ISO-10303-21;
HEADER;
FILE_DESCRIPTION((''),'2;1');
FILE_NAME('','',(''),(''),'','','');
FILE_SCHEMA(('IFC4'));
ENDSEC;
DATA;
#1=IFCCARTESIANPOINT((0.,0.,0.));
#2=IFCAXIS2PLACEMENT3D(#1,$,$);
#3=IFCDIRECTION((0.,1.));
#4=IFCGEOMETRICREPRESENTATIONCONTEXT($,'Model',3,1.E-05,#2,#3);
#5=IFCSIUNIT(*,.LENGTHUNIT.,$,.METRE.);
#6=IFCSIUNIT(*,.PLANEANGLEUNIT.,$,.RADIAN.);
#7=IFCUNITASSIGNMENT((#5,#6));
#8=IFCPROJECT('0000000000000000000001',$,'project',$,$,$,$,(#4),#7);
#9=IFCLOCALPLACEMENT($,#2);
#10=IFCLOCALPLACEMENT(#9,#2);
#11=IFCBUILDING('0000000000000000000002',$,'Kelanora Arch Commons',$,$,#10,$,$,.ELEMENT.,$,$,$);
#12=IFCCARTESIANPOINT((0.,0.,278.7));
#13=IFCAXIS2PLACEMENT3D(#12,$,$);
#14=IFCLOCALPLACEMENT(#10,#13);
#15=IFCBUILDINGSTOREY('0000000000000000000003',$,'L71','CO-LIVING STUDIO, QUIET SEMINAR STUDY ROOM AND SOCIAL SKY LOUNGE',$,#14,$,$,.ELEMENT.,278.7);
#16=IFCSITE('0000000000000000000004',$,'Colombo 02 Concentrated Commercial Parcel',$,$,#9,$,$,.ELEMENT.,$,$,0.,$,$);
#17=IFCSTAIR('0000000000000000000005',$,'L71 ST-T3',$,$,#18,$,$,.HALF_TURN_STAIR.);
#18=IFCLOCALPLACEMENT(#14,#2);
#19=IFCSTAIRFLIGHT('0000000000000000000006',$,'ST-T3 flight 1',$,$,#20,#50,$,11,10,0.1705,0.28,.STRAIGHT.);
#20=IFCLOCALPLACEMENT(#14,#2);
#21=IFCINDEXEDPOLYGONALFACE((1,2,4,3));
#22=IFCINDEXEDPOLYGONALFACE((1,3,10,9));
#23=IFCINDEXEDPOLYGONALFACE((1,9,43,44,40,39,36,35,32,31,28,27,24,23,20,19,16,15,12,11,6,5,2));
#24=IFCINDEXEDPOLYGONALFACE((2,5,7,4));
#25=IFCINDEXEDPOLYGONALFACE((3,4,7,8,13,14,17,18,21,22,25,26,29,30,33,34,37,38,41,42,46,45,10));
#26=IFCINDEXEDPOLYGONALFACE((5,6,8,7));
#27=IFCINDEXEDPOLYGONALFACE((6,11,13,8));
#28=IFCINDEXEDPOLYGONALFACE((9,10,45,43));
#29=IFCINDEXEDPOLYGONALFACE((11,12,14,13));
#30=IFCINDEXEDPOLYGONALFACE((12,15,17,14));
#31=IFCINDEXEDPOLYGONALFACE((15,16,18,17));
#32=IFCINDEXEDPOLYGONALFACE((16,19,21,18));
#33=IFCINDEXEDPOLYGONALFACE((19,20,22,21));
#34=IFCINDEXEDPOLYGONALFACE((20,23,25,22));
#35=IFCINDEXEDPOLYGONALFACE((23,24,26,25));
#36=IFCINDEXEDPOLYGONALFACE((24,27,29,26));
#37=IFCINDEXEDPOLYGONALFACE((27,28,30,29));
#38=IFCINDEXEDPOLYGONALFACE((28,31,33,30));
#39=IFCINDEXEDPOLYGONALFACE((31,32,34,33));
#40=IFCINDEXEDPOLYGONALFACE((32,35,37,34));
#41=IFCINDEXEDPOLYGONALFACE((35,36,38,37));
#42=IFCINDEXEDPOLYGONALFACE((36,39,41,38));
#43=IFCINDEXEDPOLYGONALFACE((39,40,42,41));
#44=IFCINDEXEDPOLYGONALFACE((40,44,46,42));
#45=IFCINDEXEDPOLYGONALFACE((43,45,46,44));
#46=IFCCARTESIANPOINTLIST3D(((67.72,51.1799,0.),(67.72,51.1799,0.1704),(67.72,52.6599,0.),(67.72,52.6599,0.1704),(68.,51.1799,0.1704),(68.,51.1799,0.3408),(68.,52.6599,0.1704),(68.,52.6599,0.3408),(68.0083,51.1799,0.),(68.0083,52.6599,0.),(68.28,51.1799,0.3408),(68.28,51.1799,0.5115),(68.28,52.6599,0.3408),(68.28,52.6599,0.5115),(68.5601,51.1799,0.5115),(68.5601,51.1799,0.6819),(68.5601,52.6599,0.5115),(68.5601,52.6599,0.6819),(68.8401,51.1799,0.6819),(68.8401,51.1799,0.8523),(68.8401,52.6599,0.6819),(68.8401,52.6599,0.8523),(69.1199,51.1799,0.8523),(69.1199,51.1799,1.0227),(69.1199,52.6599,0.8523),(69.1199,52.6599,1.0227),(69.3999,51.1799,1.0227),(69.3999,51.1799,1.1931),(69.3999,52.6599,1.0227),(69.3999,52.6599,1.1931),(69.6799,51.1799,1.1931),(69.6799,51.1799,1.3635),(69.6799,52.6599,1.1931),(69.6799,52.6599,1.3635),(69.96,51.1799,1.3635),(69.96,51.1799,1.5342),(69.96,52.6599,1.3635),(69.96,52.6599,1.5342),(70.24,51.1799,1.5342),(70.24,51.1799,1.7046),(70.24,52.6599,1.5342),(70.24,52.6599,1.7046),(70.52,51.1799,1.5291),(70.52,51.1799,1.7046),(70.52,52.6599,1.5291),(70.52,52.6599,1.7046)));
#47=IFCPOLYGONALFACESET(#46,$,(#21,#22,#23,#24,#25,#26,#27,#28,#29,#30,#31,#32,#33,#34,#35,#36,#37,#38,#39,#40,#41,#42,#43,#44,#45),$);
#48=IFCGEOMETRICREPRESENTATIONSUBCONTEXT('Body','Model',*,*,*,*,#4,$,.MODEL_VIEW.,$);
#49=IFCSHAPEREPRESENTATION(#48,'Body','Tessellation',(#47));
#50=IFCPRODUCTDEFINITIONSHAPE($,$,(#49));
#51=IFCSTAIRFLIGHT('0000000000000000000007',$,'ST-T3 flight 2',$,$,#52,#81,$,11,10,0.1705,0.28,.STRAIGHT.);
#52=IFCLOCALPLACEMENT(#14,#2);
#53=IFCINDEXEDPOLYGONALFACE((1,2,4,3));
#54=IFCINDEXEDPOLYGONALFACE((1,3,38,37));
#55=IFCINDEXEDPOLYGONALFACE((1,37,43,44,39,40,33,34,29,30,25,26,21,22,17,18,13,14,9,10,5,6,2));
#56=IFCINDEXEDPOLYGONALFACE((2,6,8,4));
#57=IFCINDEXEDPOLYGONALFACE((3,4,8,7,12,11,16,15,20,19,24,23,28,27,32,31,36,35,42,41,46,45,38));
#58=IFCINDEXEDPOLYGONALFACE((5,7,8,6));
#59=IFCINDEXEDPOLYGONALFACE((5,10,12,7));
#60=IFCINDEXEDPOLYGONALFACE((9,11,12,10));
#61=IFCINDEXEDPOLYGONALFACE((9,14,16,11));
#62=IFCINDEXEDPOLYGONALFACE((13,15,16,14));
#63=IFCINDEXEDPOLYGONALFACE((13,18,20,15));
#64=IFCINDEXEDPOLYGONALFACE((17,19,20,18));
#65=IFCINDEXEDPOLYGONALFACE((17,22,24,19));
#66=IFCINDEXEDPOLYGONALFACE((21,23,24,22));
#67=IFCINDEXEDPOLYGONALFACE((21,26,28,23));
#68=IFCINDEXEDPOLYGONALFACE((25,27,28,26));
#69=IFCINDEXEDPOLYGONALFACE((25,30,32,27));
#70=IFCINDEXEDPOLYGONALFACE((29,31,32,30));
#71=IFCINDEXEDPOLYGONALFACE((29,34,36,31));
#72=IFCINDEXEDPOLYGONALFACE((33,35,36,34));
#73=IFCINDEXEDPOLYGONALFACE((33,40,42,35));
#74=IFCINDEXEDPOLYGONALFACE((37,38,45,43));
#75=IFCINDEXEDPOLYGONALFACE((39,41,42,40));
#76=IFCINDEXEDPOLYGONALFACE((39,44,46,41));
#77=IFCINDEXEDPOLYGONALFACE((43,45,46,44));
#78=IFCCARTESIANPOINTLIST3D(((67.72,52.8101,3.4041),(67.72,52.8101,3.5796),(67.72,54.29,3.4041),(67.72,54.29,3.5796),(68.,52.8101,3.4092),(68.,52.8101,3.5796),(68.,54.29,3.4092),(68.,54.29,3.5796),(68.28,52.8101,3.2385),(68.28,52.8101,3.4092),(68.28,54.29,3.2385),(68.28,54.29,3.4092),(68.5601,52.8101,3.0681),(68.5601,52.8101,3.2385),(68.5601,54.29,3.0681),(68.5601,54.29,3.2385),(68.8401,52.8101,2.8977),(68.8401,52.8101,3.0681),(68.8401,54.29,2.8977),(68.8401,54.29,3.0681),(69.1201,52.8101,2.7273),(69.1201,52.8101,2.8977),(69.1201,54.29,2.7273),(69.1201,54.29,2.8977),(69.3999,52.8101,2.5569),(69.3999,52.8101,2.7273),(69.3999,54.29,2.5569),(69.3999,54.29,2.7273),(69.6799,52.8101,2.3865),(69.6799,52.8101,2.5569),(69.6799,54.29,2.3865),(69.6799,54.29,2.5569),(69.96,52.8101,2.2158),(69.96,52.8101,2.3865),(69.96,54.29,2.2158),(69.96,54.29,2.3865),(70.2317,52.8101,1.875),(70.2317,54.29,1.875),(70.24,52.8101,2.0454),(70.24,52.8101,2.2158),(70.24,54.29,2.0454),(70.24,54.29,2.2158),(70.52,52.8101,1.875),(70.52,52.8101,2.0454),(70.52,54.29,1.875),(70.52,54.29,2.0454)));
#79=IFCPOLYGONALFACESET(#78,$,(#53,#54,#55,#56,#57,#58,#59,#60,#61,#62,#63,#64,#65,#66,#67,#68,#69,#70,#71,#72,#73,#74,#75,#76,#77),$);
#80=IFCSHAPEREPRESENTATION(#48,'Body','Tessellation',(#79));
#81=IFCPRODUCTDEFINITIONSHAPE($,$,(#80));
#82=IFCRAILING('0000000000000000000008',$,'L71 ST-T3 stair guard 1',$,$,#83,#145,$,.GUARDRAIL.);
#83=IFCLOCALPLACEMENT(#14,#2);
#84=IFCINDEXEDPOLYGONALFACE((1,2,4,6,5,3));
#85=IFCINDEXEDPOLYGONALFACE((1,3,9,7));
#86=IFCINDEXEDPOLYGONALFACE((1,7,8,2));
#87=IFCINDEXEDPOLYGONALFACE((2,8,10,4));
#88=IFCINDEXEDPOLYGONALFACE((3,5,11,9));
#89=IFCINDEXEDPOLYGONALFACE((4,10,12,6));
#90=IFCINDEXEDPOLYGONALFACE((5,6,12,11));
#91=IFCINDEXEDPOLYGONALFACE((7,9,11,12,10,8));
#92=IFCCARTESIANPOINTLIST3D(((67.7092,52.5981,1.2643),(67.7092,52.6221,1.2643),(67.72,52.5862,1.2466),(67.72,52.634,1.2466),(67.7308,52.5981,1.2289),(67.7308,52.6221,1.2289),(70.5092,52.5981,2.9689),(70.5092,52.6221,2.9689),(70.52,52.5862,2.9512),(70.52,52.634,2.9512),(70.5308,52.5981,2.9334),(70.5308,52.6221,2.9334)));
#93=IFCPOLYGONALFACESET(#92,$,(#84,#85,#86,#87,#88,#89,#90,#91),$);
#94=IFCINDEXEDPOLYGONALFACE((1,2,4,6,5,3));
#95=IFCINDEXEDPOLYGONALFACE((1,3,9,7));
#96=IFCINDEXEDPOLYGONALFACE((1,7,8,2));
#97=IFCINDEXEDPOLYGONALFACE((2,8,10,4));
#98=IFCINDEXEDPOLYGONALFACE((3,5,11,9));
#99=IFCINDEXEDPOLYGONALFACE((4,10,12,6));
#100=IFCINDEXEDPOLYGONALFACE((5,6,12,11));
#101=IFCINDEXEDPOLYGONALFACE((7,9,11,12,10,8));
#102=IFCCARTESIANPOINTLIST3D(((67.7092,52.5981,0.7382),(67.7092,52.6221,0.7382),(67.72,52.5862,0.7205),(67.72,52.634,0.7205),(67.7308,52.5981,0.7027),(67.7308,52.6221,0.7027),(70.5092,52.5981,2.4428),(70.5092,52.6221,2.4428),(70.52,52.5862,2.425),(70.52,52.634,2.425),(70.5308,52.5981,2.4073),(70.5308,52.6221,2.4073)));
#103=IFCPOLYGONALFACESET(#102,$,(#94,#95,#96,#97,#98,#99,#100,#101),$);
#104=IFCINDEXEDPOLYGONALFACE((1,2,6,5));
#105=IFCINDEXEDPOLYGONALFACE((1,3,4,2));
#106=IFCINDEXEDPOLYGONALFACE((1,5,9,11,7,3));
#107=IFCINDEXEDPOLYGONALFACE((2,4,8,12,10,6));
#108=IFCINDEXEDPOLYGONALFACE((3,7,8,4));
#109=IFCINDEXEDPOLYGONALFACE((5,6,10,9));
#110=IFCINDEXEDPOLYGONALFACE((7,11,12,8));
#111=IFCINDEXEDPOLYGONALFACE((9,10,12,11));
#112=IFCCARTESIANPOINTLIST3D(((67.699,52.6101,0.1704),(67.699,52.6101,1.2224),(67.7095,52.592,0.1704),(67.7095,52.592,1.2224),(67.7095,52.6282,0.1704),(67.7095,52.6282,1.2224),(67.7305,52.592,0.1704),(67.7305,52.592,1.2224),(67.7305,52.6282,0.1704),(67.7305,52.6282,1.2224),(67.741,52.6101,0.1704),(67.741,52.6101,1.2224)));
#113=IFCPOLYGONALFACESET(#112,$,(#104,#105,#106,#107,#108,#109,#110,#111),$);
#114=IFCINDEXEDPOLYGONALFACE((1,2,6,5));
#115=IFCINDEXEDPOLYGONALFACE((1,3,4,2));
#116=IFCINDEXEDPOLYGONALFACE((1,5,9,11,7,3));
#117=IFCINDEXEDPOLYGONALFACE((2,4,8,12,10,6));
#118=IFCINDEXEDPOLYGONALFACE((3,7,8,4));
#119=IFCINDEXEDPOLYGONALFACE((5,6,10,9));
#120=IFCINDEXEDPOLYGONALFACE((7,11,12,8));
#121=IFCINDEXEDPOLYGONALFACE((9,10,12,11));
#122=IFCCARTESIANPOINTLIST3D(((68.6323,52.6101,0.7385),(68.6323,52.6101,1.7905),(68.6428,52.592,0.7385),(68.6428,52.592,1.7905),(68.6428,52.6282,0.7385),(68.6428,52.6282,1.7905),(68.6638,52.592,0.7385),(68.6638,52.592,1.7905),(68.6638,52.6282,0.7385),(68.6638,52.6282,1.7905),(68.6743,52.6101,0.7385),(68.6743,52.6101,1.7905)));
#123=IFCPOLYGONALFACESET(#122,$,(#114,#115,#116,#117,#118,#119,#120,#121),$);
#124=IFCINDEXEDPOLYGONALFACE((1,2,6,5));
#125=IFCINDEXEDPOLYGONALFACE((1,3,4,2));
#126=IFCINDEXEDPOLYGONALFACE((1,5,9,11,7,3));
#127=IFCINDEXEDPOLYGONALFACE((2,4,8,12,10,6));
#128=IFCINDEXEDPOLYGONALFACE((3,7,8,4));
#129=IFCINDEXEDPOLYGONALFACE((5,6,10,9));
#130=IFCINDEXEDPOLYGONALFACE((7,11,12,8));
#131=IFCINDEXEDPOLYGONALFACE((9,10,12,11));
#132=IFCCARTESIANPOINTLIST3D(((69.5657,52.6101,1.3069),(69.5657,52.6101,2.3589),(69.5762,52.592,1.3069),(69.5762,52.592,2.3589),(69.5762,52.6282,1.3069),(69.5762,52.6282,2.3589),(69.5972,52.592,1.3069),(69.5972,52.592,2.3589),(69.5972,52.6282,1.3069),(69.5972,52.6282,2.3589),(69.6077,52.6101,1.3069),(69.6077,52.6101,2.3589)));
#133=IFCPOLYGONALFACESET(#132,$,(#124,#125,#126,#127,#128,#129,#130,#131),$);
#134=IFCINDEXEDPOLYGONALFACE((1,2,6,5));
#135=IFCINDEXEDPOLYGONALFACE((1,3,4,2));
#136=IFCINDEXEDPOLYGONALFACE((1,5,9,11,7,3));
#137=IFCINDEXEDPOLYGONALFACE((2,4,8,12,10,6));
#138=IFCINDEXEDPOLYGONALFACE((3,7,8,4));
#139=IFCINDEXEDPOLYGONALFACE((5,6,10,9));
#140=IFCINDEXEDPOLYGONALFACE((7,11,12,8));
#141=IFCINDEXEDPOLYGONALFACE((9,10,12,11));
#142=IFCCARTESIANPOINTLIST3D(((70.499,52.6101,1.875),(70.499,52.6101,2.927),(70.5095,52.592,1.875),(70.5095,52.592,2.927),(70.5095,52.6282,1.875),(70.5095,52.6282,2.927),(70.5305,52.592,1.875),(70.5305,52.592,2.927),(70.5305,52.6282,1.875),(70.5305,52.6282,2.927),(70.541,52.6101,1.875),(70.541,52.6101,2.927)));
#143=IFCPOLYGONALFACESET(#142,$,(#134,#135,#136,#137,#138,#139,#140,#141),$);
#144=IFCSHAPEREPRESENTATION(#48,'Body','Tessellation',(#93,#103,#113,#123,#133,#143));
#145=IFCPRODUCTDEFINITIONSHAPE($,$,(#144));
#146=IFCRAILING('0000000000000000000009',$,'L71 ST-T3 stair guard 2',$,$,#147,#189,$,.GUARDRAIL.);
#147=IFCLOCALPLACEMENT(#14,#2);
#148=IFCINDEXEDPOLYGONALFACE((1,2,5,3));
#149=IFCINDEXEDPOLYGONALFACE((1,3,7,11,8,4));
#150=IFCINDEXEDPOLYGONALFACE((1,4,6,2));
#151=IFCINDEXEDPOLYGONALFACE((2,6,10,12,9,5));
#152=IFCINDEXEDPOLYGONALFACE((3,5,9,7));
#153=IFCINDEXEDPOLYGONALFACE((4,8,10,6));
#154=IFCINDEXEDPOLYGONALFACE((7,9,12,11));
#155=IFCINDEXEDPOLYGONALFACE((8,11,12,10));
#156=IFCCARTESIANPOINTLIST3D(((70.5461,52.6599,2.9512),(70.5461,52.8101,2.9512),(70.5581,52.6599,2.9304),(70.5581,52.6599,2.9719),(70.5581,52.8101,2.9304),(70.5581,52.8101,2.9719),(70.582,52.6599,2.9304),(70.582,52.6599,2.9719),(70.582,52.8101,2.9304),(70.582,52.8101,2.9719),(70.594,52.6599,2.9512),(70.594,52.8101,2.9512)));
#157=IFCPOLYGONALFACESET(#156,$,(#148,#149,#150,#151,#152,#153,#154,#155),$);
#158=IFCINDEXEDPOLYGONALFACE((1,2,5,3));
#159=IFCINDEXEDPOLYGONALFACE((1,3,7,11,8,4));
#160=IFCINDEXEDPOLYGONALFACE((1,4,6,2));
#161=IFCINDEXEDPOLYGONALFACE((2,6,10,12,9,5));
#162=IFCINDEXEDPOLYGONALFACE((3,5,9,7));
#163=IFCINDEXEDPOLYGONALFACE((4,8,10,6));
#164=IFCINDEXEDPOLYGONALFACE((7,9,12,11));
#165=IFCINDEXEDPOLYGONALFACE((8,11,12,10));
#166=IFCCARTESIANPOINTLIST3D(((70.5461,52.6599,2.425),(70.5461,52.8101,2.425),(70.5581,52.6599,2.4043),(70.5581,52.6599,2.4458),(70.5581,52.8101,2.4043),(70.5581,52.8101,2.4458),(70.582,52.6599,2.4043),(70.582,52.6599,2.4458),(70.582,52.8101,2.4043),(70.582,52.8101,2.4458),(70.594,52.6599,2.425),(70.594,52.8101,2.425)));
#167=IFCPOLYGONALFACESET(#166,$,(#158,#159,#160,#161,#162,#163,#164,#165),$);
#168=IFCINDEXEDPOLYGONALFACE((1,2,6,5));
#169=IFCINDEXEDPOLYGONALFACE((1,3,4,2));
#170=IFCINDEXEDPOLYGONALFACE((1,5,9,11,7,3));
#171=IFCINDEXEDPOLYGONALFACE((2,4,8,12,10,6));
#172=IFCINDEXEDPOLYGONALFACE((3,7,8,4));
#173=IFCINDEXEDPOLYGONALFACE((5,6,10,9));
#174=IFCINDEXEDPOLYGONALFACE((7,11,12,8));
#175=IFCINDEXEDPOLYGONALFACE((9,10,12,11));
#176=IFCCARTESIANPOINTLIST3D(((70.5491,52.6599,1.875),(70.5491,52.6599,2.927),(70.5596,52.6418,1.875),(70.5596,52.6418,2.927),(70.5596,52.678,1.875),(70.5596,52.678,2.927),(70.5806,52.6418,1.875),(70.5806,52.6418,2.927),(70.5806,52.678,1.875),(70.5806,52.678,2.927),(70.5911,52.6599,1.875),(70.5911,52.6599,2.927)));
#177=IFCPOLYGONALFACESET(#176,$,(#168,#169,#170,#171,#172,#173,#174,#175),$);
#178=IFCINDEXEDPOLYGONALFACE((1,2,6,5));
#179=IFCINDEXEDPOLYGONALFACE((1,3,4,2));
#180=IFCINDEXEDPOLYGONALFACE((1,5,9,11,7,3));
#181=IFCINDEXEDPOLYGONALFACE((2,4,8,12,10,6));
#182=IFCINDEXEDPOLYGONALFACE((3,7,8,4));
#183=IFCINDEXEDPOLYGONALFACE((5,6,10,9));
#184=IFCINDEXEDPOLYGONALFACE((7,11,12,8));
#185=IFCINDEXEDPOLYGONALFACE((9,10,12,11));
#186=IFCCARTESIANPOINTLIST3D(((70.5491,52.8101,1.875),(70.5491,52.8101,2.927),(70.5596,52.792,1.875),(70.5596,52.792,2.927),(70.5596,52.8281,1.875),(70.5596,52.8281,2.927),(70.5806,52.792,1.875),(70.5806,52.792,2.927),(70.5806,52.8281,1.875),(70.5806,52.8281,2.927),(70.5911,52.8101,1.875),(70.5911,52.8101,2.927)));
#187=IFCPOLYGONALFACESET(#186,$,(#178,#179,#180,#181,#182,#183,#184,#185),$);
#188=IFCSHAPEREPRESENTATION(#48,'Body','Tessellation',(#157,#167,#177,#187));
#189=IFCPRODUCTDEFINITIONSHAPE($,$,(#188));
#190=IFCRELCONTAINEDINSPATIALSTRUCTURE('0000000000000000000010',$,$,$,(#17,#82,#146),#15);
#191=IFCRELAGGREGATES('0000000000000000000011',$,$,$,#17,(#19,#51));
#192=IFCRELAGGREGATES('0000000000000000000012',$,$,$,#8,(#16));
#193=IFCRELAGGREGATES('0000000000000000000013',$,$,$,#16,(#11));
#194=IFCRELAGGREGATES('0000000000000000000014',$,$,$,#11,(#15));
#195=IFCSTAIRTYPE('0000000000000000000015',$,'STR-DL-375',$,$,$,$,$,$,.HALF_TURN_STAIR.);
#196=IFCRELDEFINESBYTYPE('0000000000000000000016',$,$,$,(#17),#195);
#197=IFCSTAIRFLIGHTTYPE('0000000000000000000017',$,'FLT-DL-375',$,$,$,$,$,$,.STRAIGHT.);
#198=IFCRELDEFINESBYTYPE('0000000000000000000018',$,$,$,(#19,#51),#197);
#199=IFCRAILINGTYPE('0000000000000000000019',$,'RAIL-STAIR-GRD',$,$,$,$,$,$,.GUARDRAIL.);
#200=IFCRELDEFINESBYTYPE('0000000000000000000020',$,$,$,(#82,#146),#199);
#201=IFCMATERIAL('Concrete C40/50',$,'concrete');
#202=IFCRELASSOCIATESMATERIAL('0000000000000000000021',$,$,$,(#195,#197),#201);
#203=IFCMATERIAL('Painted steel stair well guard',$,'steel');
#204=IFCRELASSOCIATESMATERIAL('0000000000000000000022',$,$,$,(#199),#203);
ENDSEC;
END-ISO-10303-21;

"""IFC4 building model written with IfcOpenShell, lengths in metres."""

from ifc_helpers import new_model, si_unit, direction, frame, origin, place, context, subcontext, project, spatial, polyline, outline, extrude, material, type_object, element, aggregate, save


model = new_model("IFC4")

# Units and contexts
model_context = context("Model", 3, precision=1e-05, world=origin(), true_north=direction((0.0, 1.0)))
body_context = subcontext(model_context, "Body", "Model", "MODEL_VIEW")
ifc_project = project(units=[si_unit("LENGTHUNIT", "METRE"), si_unit("PLANEANGLEUNIT", "RADIAN")], contexts=[model_context])

# Site, building, storey
site_placement = place(None, origin())
site = spatial("IfcSite", under=ifc_project, at=site_placement, Name="Colombo 02 Concentrated Commercial Parcel", CompositionType="ELEMENT", RefElevation=0.0)
building_placement = place(site_placement, origin())
building = spatial("IfcBuilding", under=site, at=building_placement, Name="Kelanora Arch Commons", CompositionType="ELEMENT")
storey_placement = place(building_placement, frame((0.0, 0.0, 278.7)))
storey = spatial("IfcBuildingStorey", under=building, at=storey_placement, Name="L71", Description="CO-LIVING STUDIO, QUIET SEMINAR STUDY ROOM AND SOCIAL SKY LOUNGE", CompositionType="ELEMENT", Elevation=278.7)

# Shared definitions
ifc_material_1 = material(Name="Concrete C40/50", Category="concrete")

# Stair, stair flights
stair_type = type_object("IfcStairType", Name="STR-DL-375", PredefinedType="HALF_TURN_STAIR", material=ifc_material_1)
stair_placement = place(storey_placement, origin())
stair = element("IfcStair", 1, at=stair_placement, inside=storey, type_object=stair_type, Name="L71 ST-T3", PredefinedType="HALF_TURN_STAIR")
stair_flight_type = type_object("IfcStairFlightType", Name="FLT-DL-375", PredefinedType="STRAIGHT", material=ifc_material_1)
stair_flight_1_placement = place(storey_placement, frame((67.72, 51.9199, 0.0), z_axis=(0.0, 0.0, 1.0), x_axis=(1.0, 0.0, 0.0)))
stair_flight_1 = element("IfcStairFlight", 2, at=stair_flight_1_placement, type_object=stair_flight_type, Name="ST-T3 flight 1", NumberOfRisers=11, NumberOfTreads=10, PredefinedType="STRAIGHT", RiserHeight=0.1705, TreadLength=0.28, context=body_context, shape_type="SweptSolid", body=[
    extrude(outline(polyline([(0.0, 0.0), (0.0, 0.1704), (0.28, 0.1704), (0.28, 0.3408), (0.5601, 0.3408), (0.5601, 0.5115), (0.8401, 0.5115), (0.8401, 0.6819), (1.1201, 0.6819), (1.1201, 0.8523), (1.3999, 0.8523), (1.3999, 1.0227), (1.6799, 1.0227), (1.6799, 1.1931), (1.96, 1.1931), (1.96, 1.3635), (2.24, 1.3635), (2.24, 1.5342), (2.52, 1.5342), (2.52, 1.7046), (2.8, 1.7046), (2.8, 1.875), (2.8, 1.5291), (0.2883, 0.0), (0.0, 0.0)])), frame((0.0, 0.74, 0.0), z_axis=(0.0, -1.0, 0.0), x_axis=(1.0, 0.0, 0.0)), (0.0, 0.0, 1.0), 1.48),
])
stair_flight_2_placement = place(storey_placement, frame((70.52, 53.55, 1.875), z_axis=(0.0, 0.0, 1.0), x_axis=(-1.0, 0.0, 0.0)))
stair_flight_2 = element("IfcStairFlight", 3, at=stair_flight_2_placement, type_object=stair_flight_type, Name="ST-T3 flight 2", NumberOfRisers=11, NumberOfTreads=10, PredefinedType="STRAIGHT", RiserHeight=0.1705, TreadLength=0.28, context=body_context, shape_type="SweptSolid", body=[
    extrude(outline(polyline([(0.0, 0.0), (0.0, 0.1704), (0.28, 0.1704), (0.28, 0.3408), (0.5601, 0.3408), (0.5601, 0.5115), (0.8401, 0.5115), (0.8401, 0.6819), (1.1201, 0.6819), (1.1201, 0.8523), (1.3999, 0.8523), (1.3999, 1.0227), (1.6799, 1.0227), (1.6799, 1.1931), (1.96, 1.1931), (1.96, 1.3635), (2.24, 1.3635), (2.24, 1.5342), (2.52, 1.5342), (2.52, 1.7046), (2.8, 1.7046), (2.8, 1.875), (2.8, 1.5291), (0.2883, 0.0), (0.0, 0.0)])), frame((0.0, 0.74, 0.0), z_axis=(0.0, -1.0, 0.0), x_axis=(1.0, 0.0, 0.0)), (0.0, 0.0, 1.0), 1.48),
])
aggregate(stair, [stair_flight_1, stair_flight_2])

# Railings
ifc_material_2 = material(Name="Painted steel stair well guard", Category="steel")
railing_type_1 = type_object("IfcRailingType", Name="RAIL-STAIR-GRD", PredefinedType="GUARDRAIL", material=ifc_material_2)
railing_1_placement = place(storey_placement, frame((67.72, 52.6101, 0.1704)))
element("IfcRailing", 4, at=railing_1_placement, inside=storey, type_object=railing_type_1, Name="L71 ST-T3 stair guard 1", PredefinedType="GUARDRAIL", context=body_context, shape_type="SweptSolid", body=[
    extrude(outline(polyline([(0.0239, 0.0), (0.012, 0.0208), (-0.012, 0.0208), (-0.0239, 0.0), (-0.012, -0.0208), (0.012, -0.0208), (0.0239, 0.0)])), frame((0.0, 0.0, 1.0762), z_axis=(0.85417, 0.0, 0.519994), x_axis=(0.0, 1.0, 0.0)), (0.0, 0.0, 1.0), 3.2781),
    extrude(outline(polyline([(0.0239, 0.0), (0.012, 0.0208), (-0.012, 0.0208), (-0.0239, 0.0), (-0.012, -0.0208), (0.012, -0.0208), (0.0239, 0.0)])), frame((0.0, 0.0, 0.55), z_axis=(0.85417, 0.0, 0.519994), x_axis=(0.0, 1.0, 0.0)), (0.0, 0.0, 1.0), 3.2781),
    extrude(outline(polyline([(0.021, 0.0), (0.0105, 0.0181), (-0.0105, 0.0181), (-0.021, 0.0), (-0.0105, -0.0181), (0.0105, -0.0181), (0.021, 0.0)])), origin(), (0.0, 0.0, 1.0), 1.052),
    extrude(outline(polyline([(0.021, 0.0), (0.0105, 0.0181), (-0.0105, 0.0181), (-0.021, 0.0), (-0.0105, -0.0181), (0.0105, -0.0181), (0.021, 0.0)])), frame((0.9333, 0.0, 0.5681)), (0.0, 0.0, 1.0), 1.052),
    extrude(outline(polyline([(0.021, 0.0), (0.0105, 0.0181), (-0.0105, 0.0181), (-0.021, 0.0), (-0.0105, -0.0181), (0.0105, -0.0181), (0.021, 0.0)])), frame((1.8667, 0.0, 1.1365)), (0.0, 0.0, 1.0), 1.052),
    extrude(outline(polyline([(0.021, 0.0), (0.0105, 0.0181), (-0.0105, 0.0181), (-0.021, 0.0), (-0.0105, -0.0181), (0.0105, -0.0181), (0.021, 0.0)])), frame((2.8, 0.0, 1.7046)), (0.0, 0.0, 1.0), 1.052),
])
railing_2_placement = place(storey_placement, frame((70.5701, 52.6599, 1.875)))
element("IfcRailing", 5, at=railing_2_placement, inside=storey, type_object=railing_type_1, Name="L71 ST-T3 stair guard 2", PredefinedType="GUARDRAIL", context=body_context, shape_type="SweptSolid", body=[
    extrude(outline(polyline([(0.0239, 0.0), (0.012, 0.0208), (-0.012, 0.0208), (-0.0239, 0.0), (-0.012, -0.0208), (0.012, -0.0208), (0.0239, 0.0)])), frame((0.0, 0.0, 1.0762), z_axis=(0.0, 1.0, 0.0), x_axis=(-1.0, 0.0, 0.0)), (0.0, 0.0, 1.0), 0.1501),
    extrude(outline(polyline([(0.0239, 0.0), (0.012, 0.0208), (-0.012, 0.0208), (-0.0239, 0.0), (-0.012, -0.0208), (0.012, -0.0208), (0.0239, 0.0)])), frame((0.0, 0.0, 0.55), z_axis=(0.0, 1.0, 0.0), x_axis=(-1.0, 0.0, 0.0)), (0.0, 0.0, 1.0), 0.1501),
    extrude(outline(polyline([(0.021, 0.0), (0.0105, 0.0181), (-0.0105, 0.0181), (-0.021, 0.0), (-0.0105, -0.0181), (0.0105, -0.0181), (0.021, 0.0)])), origin(), (0.0, 0.0, 1.0), 1.052),
    extrude(outline(polyline([(0.021, 0.0), (0.0105, 0.0181), (-0.0105, 0.0181), (-0.021, 0.0), (-0.0105, -0.0181), (0.0105, -0.0181), (0.021, 0.0)])), frame((0.0, 0.1501, 0.0)), (0.0, 0.0, 1.0), 1.052),
])

save(model, "model.ifc")
